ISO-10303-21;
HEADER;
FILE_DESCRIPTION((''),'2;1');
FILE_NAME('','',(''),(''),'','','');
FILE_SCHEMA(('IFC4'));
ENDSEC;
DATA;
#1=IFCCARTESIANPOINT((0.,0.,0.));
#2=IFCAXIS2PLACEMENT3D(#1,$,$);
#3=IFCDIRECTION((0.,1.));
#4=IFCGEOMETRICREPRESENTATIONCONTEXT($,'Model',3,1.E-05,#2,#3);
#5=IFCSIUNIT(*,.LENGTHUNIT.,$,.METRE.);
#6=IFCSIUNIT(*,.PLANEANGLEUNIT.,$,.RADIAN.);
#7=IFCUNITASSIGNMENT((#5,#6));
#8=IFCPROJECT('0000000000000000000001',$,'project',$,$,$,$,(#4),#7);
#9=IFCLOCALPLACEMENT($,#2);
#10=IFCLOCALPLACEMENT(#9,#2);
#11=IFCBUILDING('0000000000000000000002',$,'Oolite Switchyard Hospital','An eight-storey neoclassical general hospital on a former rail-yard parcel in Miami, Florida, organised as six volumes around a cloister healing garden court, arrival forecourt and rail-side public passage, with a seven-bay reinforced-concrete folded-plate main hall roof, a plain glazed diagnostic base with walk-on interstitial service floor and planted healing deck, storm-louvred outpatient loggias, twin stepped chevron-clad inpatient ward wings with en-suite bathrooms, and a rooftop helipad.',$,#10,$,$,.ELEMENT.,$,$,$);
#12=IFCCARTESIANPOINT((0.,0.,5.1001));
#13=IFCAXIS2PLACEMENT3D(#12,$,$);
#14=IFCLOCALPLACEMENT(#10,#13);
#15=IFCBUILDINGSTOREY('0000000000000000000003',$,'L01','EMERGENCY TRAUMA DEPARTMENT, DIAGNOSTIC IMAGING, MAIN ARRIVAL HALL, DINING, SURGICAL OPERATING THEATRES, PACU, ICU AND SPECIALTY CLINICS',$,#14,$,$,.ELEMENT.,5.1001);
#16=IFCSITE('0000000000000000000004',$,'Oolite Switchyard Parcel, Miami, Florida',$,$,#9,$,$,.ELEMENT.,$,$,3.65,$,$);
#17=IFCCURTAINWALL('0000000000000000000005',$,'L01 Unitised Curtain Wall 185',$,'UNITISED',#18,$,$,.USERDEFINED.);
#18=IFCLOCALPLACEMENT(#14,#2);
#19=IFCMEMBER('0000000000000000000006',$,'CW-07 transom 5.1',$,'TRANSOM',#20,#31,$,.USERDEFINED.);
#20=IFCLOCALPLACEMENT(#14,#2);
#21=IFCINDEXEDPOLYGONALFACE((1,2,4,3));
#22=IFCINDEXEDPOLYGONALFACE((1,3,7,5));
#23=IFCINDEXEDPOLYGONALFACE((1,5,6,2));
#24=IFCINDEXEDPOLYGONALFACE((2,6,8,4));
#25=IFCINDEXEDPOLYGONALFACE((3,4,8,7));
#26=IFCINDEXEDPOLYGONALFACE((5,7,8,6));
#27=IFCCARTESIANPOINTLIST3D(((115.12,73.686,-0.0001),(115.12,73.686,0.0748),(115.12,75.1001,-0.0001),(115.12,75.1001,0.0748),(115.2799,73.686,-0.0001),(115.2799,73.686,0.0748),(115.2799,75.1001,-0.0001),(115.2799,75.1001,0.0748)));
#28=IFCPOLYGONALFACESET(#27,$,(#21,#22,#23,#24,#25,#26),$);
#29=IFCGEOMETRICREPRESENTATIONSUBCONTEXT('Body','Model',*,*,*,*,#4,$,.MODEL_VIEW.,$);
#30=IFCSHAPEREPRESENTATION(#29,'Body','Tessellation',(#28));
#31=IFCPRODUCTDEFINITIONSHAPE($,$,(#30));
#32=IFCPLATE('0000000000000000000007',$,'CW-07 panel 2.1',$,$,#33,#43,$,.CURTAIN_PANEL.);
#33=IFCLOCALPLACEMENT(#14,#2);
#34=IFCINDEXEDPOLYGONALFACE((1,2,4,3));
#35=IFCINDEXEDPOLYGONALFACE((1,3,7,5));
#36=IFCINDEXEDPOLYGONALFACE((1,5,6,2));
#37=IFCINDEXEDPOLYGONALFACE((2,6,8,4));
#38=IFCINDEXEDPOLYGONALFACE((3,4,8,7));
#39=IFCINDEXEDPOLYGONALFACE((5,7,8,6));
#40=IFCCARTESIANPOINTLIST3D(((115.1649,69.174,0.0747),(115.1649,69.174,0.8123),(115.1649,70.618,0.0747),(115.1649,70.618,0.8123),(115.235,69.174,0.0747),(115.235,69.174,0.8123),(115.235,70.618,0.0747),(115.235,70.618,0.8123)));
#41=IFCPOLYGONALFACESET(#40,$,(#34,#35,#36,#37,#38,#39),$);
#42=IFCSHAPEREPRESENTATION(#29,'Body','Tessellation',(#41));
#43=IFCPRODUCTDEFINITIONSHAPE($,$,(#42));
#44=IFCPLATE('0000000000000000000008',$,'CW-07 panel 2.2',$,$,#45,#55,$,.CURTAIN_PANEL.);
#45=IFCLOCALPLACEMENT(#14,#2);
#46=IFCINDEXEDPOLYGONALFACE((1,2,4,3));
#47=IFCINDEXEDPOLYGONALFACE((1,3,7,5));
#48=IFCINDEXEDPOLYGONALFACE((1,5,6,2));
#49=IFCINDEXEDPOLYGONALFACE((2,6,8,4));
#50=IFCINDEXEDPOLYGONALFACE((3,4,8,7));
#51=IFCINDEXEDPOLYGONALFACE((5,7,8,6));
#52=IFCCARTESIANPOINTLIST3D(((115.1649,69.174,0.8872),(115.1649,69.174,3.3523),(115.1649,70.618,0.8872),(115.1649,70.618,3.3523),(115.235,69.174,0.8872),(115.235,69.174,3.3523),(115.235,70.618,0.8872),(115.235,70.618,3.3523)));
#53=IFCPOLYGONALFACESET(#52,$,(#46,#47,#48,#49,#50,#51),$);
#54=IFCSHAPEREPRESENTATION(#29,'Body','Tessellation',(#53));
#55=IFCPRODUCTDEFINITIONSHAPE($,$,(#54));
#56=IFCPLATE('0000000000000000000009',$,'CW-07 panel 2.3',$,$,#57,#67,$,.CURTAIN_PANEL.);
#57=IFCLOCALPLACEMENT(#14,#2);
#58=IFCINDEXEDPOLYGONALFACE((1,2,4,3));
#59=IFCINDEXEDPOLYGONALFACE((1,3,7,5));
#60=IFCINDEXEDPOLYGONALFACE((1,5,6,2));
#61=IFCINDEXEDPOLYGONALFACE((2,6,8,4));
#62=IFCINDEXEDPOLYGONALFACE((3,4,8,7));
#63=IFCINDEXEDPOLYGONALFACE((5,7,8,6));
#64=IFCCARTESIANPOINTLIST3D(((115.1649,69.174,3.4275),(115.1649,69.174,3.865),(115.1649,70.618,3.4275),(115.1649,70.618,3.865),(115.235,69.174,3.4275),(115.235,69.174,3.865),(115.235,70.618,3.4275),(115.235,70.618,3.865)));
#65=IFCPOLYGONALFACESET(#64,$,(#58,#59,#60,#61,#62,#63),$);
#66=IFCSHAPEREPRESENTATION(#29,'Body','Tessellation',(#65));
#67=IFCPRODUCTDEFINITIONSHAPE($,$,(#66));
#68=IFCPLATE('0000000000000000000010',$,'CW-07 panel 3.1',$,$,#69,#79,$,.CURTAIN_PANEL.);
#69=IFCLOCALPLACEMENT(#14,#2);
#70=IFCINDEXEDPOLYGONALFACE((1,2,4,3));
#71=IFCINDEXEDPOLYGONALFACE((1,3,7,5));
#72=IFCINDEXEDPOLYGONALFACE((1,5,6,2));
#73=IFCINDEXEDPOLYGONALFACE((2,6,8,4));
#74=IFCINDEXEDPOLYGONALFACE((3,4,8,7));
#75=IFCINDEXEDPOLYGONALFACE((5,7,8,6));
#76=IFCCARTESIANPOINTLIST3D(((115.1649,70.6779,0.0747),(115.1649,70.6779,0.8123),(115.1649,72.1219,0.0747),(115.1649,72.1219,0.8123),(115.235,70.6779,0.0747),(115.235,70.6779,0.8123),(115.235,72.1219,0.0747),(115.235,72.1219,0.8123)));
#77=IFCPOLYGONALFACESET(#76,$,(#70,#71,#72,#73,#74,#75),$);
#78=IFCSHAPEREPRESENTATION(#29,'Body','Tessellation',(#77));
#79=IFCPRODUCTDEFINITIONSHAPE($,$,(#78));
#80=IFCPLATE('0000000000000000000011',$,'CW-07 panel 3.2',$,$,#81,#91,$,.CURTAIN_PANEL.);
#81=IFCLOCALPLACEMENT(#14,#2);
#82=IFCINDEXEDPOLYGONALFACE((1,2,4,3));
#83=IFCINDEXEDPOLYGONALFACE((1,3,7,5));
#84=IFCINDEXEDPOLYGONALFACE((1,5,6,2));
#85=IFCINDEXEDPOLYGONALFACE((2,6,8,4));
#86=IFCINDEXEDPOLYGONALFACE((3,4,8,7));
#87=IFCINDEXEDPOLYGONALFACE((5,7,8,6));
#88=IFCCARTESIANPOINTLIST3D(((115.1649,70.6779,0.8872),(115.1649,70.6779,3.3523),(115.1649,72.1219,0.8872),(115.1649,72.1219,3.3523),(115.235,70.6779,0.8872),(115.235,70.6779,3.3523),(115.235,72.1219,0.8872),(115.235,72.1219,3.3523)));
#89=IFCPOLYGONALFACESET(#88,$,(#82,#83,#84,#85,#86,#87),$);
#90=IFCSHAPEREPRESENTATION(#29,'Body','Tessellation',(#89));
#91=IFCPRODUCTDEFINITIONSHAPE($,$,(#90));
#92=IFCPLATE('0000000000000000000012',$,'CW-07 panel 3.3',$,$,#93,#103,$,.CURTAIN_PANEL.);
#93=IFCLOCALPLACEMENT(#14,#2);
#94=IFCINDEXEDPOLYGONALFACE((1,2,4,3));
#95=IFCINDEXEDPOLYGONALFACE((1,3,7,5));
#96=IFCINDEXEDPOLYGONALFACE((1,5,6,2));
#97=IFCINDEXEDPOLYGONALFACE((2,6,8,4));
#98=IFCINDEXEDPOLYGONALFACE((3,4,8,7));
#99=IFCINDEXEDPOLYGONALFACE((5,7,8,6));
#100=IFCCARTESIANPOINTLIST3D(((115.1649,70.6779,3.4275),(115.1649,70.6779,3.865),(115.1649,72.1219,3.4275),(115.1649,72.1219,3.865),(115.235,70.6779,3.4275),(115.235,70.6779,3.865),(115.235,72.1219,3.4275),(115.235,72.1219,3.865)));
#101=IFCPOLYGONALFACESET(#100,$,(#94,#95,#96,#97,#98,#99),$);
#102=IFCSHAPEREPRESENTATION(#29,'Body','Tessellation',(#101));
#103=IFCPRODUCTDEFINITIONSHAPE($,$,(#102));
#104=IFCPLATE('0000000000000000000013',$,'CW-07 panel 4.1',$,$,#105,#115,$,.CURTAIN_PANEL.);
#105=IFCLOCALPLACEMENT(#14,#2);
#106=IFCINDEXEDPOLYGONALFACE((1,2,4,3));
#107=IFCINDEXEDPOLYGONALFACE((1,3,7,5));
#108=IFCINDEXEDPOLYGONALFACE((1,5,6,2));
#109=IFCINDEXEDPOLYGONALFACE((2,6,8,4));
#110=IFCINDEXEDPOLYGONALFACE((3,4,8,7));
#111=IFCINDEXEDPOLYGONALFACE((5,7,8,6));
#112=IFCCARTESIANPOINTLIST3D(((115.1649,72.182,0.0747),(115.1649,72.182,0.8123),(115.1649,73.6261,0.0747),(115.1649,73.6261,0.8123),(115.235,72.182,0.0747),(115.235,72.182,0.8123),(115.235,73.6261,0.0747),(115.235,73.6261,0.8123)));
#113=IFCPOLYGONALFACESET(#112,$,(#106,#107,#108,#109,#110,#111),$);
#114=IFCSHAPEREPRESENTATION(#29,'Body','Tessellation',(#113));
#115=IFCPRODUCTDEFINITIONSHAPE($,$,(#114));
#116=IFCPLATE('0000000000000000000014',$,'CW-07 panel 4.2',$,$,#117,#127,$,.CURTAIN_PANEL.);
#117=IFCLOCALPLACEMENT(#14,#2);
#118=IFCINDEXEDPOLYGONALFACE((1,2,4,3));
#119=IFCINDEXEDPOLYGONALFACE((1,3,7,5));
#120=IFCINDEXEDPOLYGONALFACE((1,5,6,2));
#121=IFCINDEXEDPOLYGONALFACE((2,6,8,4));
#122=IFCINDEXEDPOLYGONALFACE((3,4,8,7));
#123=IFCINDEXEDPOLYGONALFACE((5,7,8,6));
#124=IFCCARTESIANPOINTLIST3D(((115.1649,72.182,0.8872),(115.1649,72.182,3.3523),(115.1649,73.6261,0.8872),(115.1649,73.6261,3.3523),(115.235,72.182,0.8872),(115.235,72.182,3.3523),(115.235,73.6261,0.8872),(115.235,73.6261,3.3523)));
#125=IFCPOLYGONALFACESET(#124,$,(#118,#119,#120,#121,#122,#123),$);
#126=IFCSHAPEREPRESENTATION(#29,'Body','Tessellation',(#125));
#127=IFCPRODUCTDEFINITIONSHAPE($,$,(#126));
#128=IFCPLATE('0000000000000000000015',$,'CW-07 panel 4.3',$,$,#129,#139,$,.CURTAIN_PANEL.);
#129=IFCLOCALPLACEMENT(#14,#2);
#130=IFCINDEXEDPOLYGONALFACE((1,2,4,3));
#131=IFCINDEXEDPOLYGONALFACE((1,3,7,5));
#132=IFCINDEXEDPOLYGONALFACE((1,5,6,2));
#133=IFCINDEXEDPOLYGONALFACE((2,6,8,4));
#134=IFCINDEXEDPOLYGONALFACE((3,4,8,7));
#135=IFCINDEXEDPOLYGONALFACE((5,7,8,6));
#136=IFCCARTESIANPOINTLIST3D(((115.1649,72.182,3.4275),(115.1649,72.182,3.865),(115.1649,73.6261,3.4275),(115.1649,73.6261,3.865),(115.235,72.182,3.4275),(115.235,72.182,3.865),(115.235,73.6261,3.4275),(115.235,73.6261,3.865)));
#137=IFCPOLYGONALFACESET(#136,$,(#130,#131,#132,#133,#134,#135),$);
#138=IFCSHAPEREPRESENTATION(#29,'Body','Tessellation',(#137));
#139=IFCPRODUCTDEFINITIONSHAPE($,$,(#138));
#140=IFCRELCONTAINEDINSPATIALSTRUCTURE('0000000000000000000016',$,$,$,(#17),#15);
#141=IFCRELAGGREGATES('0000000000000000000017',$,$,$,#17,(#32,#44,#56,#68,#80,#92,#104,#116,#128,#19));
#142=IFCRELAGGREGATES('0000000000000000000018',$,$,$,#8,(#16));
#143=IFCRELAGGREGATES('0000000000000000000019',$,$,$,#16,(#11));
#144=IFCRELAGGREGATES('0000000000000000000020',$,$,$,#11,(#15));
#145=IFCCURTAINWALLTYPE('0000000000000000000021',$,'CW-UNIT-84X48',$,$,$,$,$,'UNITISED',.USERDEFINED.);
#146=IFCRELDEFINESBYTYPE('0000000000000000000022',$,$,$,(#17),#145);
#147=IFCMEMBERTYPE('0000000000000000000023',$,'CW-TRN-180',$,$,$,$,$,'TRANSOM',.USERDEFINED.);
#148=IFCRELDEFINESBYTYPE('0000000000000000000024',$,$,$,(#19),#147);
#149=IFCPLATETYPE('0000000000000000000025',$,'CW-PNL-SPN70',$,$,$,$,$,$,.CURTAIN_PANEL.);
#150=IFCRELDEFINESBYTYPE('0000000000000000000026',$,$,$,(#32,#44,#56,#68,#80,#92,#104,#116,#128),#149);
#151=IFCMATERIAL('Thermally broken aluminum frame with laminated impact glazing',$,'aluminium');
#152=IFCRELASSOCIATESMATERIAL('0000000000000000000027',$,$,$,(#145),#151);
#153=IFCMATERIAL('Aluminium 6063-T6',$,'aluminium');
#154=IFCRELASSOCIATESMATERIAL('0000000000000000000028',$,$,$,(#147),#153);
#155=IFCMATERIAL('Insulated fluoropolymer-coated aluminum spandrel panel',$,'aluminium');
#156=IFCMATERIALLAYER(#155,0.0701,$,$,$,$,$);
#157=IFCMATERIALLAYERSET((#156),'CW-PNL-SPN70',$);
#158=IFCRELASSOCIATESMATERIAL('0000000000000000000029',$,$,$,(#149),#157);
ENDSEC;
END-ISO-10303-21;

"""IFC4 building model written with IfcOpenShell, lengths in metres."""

from ifc_helpers import new_model, si_unit, direction, frame, origin, origin_2d, place, context, subcontext, project, spatial, rectangle, extrude, material, layer, layer_set, material_profile, profile_set, type_object, element, aggregate, save


model = new_model("IFC4")

# Units and contexts
model_context = context("Model", 3, precision=1e-05, world=origin(), true_north=direction((0.0, 1.0)))
body_context = subcontext(model_context, "Body", "Model", "MODEL_VIEW")
ifc_project = project(units=[si_unit("LENGTHUNIT", "METRE"), si_unit("PLANEANGLEUNIT", "RADIAN")], contexts=[model_context])

# Site, building, storey
site_placement = place(None, origin())
site = spatial("IfcSite", under=ifc_project, at=site_placement, Name="Oolite Switchyard Parcel, Miami, Florida", CompositionType="ELEMENT", RefElevation=3.65)
building_placement = place(site_placement, origin())
building = spatial("IfcBuilding", under=site, at=building_placement, Name="Oolite Switchyard Hospital", Description="An eight-storey neoclassical general hospital on a former rail-yard parcel in Miami, Florida, organised as six volumes around a cloister healing garden court, arrival forecourt and rail-side public passage, with a seven-bay reinforced-concrete folded-plate main hall roof, a plain glazed diagnostic base with walk-on interstitial service floor and planted healing deck, storm-louvred outpatient loggias, twin stepped chevron-clad inpatient ward wings with en-suite bathrooms, and a rooftop helipad.", CompositionType="ELEMENT")
storey_placement = place(building_placement, frame((0.0, 0.0, 5.1001)))
storey = spatial("IfcBuildingStorey", under=building, at=storey_placement, Name="L01", Description="EMERGENCY TRAUMA DEPARTMENT, DIAGNOSTIC IMAGING, MAIN ARRIVAL HALL, DINING, SURGICAL OPERATING THEATRES, PACU, ICU AND SPECIALTY CLINICS", CompositionType="ELEMENT", Elevation=5.1001)

# Curtain wall, member, plates
ifc_material_1 = material(Name="Thermally broken aluminum frame with laminated impact glazing", Category="aluminium")
curtain_wall_type = type_object("IfcCurtainWallType", Name="CW-UNIT-84X48", ElementType="UNITISED", PredefinedType="USERDEFINED", material=ifc_material_1)
curtain_wall_placement = place(storey_placement, origin())
curtain_wall = element("IfcCurtainWall", 1, at=curtain_wall_placement, inside=storey, type_object=curtain_wall_type, Name="L01 Unitised Curtain Wall 185", ObjectType="UNITISED", PredefinedType="USERDEFINED")
ifc_material_2 = material(Name="Aluminium 6063-T6", Category="aluminium")
ifc_material_profile_1 = material_profile(ifc_material_2, rectangle(XDim=0.1599, YDim=0.075, at=origin_2d()), Name="CWT75X160")
ifc_profile_set_1 = profile_set([ifc_material_profile_1], Name="Aluminium 6063-T6")
member_type_1 = type_object("IfcMemberType", Name="CW-TRN-180", ElementType="TRANSOM", PredefinedType="USERDEFINED", material=ifc_profile_set_1)
member_1_placement = place(storey_placement, frame((115.2, 73.686, 0.0374), z_axis=(0.0, 1.0, 0.0), x_axis=(-1.0, 0.0, 0.0)))
member_1 = element("IfcMember", 2, at=member_1_placement, type_object=member_type_1, Name="CW-07 transom 5.1", ObjectType="TRANSOM", PredefinedType="USERDEFINED", context=body_context, shape_type="SweptSolid", body=[
    extrude(rectangle(XDim=0.1599, YDim=0.075, at=origin_2d()), origin(), (0.0, 0.0, 1.0), 1.4141),
])
ifc_material_3 = material(Name="Insulated fluoropolymer-coated aluminum spandrel panel", Category="aluminium")
ifc_layer = layer(ifc_material_3, 0.0701)
ifc_layer_set = layer_set([ifc_layer], Name="CW-PNL-SPN70")
plate_type = type_object("IfcPlateType", Name="CW-PNL-SPN70", PredefinedType="CURTAIN_PANEL", material=ifc_layer_set)
plate_1_placement = place(storey_placement, frame((115.2, 69.896, 0.0747), z_axis=(0.0, 0.0, 1.0), x_axis=(0.0, 1.0, 0.0)))
plate_1 = element("IfcPlate", 3, at=plate_1_placement, type_object=plate_type, Name="CW-07 panel 2.1", PredefinedType="CURTAIN_PANEL", context=body_context, shape_type="SweptSolid", body=[
    extrude(rectangle(XDim=1.4441, YDim=0.0701, at=origin_2d()), origin(), (0.0, 0.0, 1.0), 0.7375),
])
plate_2_placement = place(storey_placement, frame((115.2, 69.896, 0.8872), z_axis=(0.0, 0.0, 1.0), x_axis=(0.0, 1.0, 0.0)))
plate_2 = element("IfcPlate", 4, at=plate_2_placement, type_object=plate_type, Name="CW-07 panel 2.2", PredefinedType="CURTAIN_PANEL", context=body_context, shape_type="SweptSolid", body=[
    extrude(rectangle(XDim=1.4441, YDim=0.0701, at=origin_2d()), origin(), (0.0, 0.0, 1.0), 2.4651),
])
plate_3_placement = place(storey_placement, frame((115.2, 69.896, 3.4275), z_axis=(0.0, 0.0, 1.0), x_axis=(0.0, 1.0, 0.0)))
plate_3 = element("IfcPlate", 5, at=plate_3_placement, type_object=plate_type, Name="CW-07 panel 2.3", PredefinedType="CURTAIN_PANEL", context=body_context, shape_type="SweptSolid", body=[
    extrude(rectangle(XDim=1.4441, YDim=0.0701, at=origin_2d()), origin(), (0.0, 0.0, 1.0), 0.4375),
])
plate_4_placement = place(storey_placement, frame((115.2, 71.3999, 0.0747), z_axis=(0.0, 0.0, 1.0), x_axis=(0.0, 1.0, 0.0)))
plate_4 = element("IfcPlate", 6, at=plate_4_placement, type_object=plate_type, Name="CW-07 panel 3.1", PredefinedType="CURTAIN_PANEL", context=body_context, shape_type="SweptSolid", body=[
    extrude(rectangle(XDim=1.4441, YDim=0.0701, at=origin_2d()), origin(), (0.0, 0.0, 1.0), 0.7375),
])
plate_5_placement = place(storey_placement, frame((115.2, 71.3999, 0.8872), z_axis=(0.0, 0.0, 1.0), x_axis=(0.0, 1.0, 0.0)))
plate_5 = element("IfcPlate", 7, at=plate_5_placement, type_object=plate_type, Name="CW-07 panel 3.2", PredefinedType="CURTAIN_PANEL", context=body_context, shape_type="SweptSolid", body=[
    extrude(rectangle(XDim=1.4441, YDim=0.0701, at=origin_2d()), origin(), (0.0, 0.0, 1.0), 2.4651),
])
plate_6_placement = place(storey_placement, frame((115.2, 71.3999, 3.4275), z_axis=(0.0, 0.0, 1.0), x_axis=(0.0, 1.0, 0.0)))
plate_6 = element("IfcPlate", 8, at=plate_6_placement, type_object=plate_type, Name="CW-07 panel 3.3", PredefinedType="CURTAIN_PANEL", context=body_context, shape_type="SweptSolid", body=[
    extrude(rectangle(XDim=1.4441, YDim=0.0701, at=origin_2d()), origin(), (0.0, 0.0, 1.0), 0.4375),
])
plate_7_placement = place(storey_placement, frame((115.2, 72.9041, 0.0747), z_axis=(0.0, 0.0, 1.0), x_axis=(0.0, 1.0, 0.0)))
plate_7 = element("IfcPlate", 9, at=plate_7_placement, type_object=plate_type, Name="CW-07 panel 4.1", PredefinedType="CURTAIN_PANEL", context=body_context, shape_type="SweptSolid", body=[
    extrude(rectangle(XDim=1.4441, YDim=0.0701, at=origin_2d()), origin(), (0.0, 0.0, 1.0), 0.7375),
])
plate_8_placement = place(storey_placement, frame((115.2, 72.9041, 0.8872), z_axis=(0.0, 0.0, 1.0), x_axis=(0.0, 1.0, 0.0)))
plate_8 = element("IfcPlate", 10, at=plate_8_placement, type_object=plate_type, Name="CW-07 panel 4.2", PredefinedType="CURTAIN_PANEL", context=body_context, shape_type="SweptSolid", body=[
    extrude(rectangle(XDim=1.4441, YDim=0.0701, at=origin_2d()), origin(), (0.0, 0.0, 1.0), 2.4651),
])
plate_9_placement = place(storey_placement, frame((115.2, 72.9041, 3.4275), z_axis=(0.0, 0.0, 1.0), x_axis=(0.0, 1.0, 0.0)))
plate_9 = element("IfcPlate", 11, at=plate_9_placement, type_object=plate_type, Name="CW-07 panel 4.3", PredefinedType="CURTAIN_PANEL", context=body_context, shape_type="SweptSolid", body=[
    extrude(rectangle(XDim=1.4441, YDim=0.0701, at=origin_2d()), origin(), (0.0, 0.0, 1.0), 0.4375),
])
aggregate(curtain_wall, [plate_1, plate_2, plate_3, plate_4, plate_5, plate_6, plate_7, plate_8, plate_9, member_1])

save(model, "model.ifc")
